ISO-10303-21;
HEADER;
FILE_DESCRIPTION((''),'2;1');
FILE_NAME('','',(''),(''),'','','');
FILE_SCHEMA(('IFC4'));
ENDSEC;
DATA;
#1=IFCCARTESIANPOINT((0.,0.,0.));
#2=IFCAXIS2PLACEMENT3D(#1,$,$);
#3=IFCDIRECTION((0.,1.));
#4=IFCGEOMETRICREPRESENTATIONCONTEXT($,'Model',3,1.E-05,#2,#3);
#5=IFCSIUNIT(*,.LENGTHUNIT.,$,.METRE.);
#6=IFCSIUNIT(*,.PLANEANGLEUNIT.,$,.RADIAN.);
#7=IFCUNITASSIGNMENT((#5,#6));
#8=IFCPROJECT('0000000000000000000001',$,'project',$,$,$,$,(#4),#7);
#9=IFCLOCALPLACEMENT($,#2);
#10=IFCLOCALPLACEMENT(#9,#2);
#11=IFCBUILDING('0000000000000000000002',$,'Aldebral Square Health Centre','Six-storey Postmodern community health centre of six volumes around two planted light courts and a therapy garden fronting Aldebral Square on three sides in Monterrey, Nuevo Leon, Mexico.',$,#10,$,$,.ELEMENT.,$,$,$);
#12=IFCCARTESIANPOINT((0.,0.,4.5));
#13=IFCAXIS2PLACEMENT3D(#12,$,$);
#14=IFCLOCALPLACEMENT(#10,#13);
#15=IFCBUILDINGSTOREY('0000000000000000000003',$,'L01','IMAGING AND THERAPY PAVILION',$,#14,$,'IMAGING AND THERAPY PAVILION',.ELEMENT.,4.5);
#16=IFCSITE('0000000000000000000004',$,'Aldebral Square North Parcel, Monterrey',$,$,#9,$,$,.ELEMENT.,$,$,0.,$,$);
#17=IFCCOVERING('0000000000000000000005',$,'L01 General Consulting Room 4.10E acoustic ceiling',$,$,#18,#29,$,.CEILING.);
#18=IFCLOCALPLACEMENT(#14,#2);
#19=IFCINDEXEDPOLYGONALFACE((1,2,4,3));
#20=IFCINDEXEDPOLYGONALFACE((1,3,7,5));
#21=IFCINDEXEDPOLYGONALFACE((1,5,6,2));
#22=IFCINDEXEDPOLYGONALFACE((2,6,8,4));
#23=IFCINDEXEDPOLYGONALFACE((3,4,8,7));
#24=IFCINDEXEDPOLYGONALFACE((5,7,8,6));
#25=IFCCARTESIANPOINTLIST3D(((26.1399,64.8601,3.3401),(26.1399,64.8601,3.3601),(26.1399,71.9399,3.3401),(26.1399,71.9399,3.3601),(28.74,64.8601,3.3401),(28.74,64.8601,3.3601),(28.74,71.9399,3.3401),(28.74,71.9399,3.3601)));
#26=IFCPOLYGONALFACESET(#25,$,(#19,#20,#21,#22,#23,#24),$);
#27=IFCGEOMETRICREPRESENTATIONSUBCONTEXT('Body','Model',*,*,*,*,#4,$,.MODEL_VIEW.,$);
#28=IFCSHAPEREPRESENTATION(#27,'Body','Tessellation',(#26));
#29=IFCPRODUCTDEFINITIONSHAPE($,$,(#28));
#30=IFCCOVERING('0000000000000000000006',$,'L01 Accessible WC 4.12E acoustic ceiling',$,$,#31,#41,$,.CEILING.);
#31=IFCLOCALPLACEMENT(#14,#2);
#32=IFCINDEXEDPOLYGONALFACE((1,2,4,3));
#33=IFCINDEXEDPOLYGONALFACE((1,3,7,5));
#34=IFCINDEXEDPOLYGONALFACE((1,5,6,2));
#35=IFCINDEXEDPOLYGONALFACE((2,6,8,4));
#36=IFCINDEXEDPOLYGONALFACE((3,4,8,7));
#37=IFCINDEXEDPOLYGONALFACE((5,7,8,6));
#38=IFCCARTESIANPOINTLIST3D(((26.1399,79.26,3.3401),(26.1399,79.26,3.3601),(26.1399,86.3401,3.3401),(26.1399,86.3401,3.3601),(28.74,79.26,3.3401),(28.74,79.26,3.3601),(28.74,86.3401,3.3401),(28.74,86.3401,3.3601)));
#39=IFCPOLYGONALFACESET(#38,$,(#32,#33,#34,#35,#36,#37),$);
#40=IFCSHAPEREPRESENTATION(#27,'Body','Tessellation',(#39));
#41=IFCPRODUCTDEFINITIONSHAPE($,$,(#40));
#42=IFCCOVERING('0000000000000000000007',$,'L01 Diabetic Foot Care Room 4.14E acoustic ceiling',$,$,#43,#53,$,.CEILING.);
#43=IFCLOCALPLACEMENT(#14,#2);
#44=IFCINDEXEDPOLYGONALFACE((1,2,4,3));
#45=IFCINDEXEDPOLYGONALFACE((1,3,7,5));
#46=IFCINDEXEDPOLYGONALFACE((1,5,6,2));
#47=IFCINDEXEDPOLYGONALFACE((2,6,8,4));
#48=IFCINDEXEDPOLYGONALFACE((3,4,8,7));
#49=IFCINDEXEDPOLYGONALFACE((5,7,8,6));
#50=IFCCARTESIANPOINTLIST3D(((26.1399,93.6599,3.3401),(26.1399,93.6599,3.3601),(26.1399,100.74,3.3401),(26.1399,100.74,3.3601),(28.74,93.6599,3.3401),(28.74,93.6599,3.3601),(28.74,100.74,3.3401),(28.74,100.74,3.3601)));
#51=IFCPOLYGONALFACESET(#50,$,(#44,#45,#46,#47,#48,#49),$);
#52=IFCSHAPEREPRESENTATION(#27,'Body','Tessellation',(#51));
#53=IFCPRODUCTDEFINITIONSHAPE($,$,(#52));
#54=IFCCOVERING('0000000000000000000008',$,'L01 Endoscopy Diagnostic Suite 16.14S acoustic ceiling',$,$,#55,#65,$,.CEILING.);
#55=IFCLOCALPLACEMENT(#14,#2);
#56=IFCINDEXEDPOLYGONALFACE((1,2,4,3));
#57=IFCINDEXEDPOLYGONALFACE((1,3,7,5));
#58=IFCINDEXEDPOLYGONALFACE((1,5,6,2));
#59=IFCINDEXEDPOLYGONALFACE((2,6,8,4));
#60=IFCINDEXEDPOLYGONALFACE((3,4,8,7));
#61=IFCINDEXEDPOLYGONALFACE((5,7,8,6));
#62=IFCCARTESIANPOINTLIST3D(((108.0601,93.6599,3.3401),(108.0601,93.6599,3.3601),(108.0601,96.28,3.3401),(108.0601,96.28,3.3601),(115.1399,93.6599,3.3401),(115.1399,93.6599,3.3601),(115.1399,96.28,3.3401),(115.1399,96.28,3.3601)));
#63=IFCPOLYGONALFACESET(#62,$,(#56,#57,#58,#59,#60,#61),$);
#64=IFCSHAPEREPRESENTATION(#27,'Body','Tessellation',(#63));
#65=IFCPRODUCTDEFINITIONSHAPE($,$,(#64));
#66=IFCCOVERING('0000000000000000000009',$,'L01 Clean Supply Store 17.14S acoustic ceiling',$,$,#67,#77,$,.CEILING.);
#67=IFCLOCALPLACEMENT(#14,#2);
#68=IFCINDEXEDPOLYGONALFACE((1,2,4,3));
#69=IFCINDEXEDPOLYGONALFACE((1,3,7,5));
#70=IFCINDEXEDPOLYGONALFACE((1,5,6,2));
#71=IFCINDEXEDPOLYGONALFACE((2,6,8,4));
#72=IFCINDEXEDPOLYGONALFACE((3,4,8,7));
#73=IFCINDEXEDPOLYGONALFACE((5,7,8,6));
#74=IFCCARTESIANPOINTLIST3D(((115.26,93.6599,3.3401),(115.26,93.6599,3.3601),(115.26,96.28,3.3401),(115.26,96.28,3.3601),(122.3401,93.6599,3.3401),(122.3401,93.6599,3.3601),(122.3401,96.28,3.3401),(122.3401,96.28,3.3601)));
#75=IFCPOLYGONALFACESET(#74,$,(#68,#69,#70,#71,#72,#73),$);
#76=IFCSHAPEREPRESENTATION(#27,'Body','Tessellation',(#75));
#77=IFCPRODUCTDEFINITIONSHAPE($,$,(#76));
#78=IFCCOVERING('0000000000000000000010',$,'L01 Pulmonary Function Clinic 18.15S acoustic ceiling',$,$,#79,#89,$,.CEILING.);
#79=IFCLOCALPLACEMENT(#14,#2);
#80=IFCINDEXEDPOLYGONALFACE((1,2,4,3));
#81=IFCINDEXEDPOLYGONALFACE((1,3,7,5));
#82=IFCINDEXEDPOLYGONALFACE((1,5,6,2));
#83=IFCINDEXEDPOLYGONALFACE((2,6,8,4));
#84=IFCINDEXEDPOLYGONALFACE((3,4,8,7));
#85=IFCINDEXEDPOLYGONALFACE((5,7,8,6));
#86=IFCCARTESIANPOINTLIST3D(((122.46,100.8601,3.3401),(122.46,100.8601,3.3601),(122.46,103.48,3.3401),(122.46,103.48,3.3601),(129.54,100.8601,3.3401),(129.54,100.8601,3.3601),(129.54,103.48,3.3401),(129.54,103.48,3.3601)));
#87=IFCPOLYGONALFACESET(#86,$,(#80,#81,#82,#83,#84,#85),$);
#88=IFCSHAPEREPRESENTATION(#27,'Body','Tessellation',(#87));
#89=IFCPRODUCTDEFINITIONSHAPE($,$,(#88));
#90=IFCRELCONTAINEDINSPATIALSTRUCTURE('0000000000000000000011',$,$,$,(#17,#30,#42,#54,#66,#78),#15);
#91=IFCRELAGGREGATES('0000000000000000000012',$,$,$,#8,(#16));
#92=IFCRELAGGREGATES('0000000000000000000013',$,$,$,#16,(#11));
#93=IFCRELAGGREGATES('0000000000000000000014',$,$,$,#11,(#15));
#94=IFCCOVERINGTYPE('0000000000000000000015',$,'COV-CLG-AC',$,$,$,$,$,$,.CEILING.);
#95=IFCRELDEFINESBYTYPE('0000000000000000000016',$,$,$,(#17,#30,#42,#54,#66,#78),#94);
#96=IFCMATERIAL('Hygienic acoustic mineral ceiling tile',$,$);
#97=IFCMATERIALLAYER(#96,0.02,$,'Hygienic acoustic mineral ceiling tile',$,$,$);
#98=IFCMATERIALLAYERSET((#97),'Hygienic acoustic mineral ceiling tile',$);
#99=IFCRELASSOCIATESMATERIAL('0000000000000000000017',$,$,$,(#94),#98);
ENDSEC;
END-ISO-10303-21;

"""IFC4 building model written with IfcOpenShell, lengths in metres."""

from ifc_helpers import new_model, si_unit, direction, frame, origin, place, context, subcontext, project, spatial, polyline, outline, extrude, material, layer, layer_set, type_object, element, save


model = new_model("IFC4")

# Units and contexts
model_context = context("Model", 3, precision=1e-05, world=origin(), true_north=direction((0.0, 1.0)))
body_context = subcontext(model_context, "Body", "Model", "MODEL_VIEW")
ifc_project = project(units=[si_unit("LENGTHUNIT", "METRE"), si_unit("PLANEANGLEUNIT", "RADIAN")], contexts=[model_context])

# Site, building, storey
site_placement = place(None, origin())
site = spatial("IfcSite", under=ifc_project, at=site_placement, Name="Aldebral Square North Parcel, Monterrey", CompositionType="ELEMENT", RefElevation=0.0)
building_placement = place(site_placement, origin())
building = spatial("IfcBuilding", under=site, at=building_placement, Name="Aldebral Square Health Centre", Description="Six-storey Postmodern community health centre of six volumes around two planted light courts and a therapy garden fronting Aldebral Square on three sides in Monterrey, Nuevo Leon, Mexico.", CompositionType="ELEMENT")
storey_placement = place(building_placement, frame((0.0, 0.0, 4.5)))
storey = spatial("IfcBuildingStorey", under=building, at=storey_placement, Name="L01", Description="IMAGING AND THERAPY PAVILION", LongName="IMAGING AND THERAPY PAVILION", CompositionType="ELEMENT", Elevation=4.5)

# Coverings
ifc_material = material(Name="Hygienic acoustic mineral ceiling tile")
ifc_layer = layer(ifc_material, 0.02, Name="Hygienic acoustic mineral ceiling tile")
ifc_layer_set = layer_set([ifc_layer], Name="Hygienic acoustic mineral ceiling tile")
covering_type = type_object("IfcCoveringType", Name="COV-CLG-AC", PredefinedType="CEILING", material=ifc_layer_set)
covering_1_placement = place(storey_placement, frame((0.0, 0.0, 3.3401)))
element("IfcCovering", 1, at=covering_1_placement, inside=storey, type_object=covering_type, Name="L01 General Consulting Room 4.10E acoustic ceiling", PredefinedType="CEILING", context=body_context, shape_type="SweptSolid", body=[
    extrude(outline(polyline([(26.1399, 64.8601), (28.74, 64.8601), (28.74, 71.9399), (26.1399, 71.9399), (26.1399, 64.8601)])), origin(), (0.0, 0.0, 1.0), 0.02),
])
covering_2_placement = place(storey_placement, frame((0.0, 0.0, 3.3401)))
element("IfcCovering", 2, at=covering_2_placement, inside=storey, type_object=covering_type, Name="L01 Accessible WC 4.12E acoustic ceiling", PredefinedType="CEILING", context=body_context, shape_type="SweptSolid", body=[
    extrude(outline(polyline([(26.1399, 79.26), (28.74, 79.26), (28.74, 86.3401), (26.1399, 86.3401), (26.1399, 79.26)])), origin(), (0.0, 0.0, 1.0), 0.02),
])
covering_3_placement = place(storey_placement, frame((0.0, 0.0, 3.3401)))
element("IfcCovering", 3, at=covering_3_placement, inside=storey, type_object=covering_type, Name="L01 Diabetic Foot Care Room 4.14E acoustic ceiling", PredefinedType="CEILING", context=body_context, shape_type="SweptSolid", body=[
    extrude(outline(polyline([(26.1399, 93.6599), (28.74, 93.6599), (28.74, 100.74), (26.1399, 100.74), (26.1399, 93.6599)])), origin(), (0.0, 0.0, 1.0), 0.02),
])
covering_4_placement = place(storey_placement, frame((0.0, 0.0, 3.3401)))
element("IfcCovering", 4, at=covering_4_placement, inside=storey, type_object=covering_type, Name="L01 Endoscopy Diagnostic Suite 16.14S acoustic ceiling", PredefinedType="CEILING", context=body_context, shape_type="SweptSolid", body=[
    extrude(outline(polyline([(108.0601, 93.6599), (115.1399, 93.6599), (115.1399, 96.28), (108.0601, 96.28), (108.0601, 93.6599)])), origin(), (0.0, 0.0, 1.0), 0.02),
])
covering_5_placement = place(storey_placement, frame((0.0, 0.0, 3.3401)))
element("IfcCovering", 5, at=covering_5_placement, inside=storey, type_object=covering_type, Name="L01 Clean Supply Store 17.14S acoustic ceiling", PredefinedType="CEILING", context=body_context, shape_type="SweptSolid", body=[
    extrude(outline(polyline([(115.26, 93.6599), (122.3401, 93.6599), (122.3401, 96.28), (115.26, 96.28), (115.26, 93.6599)])), origin(), (0.0, 0.0, 1.0), 0.02),
])
covering_6_placement = place(storey_placement, frame((0.0, 0.0, 3.3401)))
element("IfcCovering", 6, at=covering_6_placement, inside=storey, type_object=covering_type, Name="L01 Pulmonary Function Clinic 18.15S acoustic ceiling", PredefinedType="CEILING", context=body_context, shape_type="SweptSolid", body=[
    extrude(outline(polyline([(122.46, 100.8601), (129.54, 100.8601), (129.54, 103.48), (122.46, 103.48), (122.46, 100.8601)])), origin(), (0.0, 0.0, 1.0), 0.02),
])

save(model, "model.ifc")
